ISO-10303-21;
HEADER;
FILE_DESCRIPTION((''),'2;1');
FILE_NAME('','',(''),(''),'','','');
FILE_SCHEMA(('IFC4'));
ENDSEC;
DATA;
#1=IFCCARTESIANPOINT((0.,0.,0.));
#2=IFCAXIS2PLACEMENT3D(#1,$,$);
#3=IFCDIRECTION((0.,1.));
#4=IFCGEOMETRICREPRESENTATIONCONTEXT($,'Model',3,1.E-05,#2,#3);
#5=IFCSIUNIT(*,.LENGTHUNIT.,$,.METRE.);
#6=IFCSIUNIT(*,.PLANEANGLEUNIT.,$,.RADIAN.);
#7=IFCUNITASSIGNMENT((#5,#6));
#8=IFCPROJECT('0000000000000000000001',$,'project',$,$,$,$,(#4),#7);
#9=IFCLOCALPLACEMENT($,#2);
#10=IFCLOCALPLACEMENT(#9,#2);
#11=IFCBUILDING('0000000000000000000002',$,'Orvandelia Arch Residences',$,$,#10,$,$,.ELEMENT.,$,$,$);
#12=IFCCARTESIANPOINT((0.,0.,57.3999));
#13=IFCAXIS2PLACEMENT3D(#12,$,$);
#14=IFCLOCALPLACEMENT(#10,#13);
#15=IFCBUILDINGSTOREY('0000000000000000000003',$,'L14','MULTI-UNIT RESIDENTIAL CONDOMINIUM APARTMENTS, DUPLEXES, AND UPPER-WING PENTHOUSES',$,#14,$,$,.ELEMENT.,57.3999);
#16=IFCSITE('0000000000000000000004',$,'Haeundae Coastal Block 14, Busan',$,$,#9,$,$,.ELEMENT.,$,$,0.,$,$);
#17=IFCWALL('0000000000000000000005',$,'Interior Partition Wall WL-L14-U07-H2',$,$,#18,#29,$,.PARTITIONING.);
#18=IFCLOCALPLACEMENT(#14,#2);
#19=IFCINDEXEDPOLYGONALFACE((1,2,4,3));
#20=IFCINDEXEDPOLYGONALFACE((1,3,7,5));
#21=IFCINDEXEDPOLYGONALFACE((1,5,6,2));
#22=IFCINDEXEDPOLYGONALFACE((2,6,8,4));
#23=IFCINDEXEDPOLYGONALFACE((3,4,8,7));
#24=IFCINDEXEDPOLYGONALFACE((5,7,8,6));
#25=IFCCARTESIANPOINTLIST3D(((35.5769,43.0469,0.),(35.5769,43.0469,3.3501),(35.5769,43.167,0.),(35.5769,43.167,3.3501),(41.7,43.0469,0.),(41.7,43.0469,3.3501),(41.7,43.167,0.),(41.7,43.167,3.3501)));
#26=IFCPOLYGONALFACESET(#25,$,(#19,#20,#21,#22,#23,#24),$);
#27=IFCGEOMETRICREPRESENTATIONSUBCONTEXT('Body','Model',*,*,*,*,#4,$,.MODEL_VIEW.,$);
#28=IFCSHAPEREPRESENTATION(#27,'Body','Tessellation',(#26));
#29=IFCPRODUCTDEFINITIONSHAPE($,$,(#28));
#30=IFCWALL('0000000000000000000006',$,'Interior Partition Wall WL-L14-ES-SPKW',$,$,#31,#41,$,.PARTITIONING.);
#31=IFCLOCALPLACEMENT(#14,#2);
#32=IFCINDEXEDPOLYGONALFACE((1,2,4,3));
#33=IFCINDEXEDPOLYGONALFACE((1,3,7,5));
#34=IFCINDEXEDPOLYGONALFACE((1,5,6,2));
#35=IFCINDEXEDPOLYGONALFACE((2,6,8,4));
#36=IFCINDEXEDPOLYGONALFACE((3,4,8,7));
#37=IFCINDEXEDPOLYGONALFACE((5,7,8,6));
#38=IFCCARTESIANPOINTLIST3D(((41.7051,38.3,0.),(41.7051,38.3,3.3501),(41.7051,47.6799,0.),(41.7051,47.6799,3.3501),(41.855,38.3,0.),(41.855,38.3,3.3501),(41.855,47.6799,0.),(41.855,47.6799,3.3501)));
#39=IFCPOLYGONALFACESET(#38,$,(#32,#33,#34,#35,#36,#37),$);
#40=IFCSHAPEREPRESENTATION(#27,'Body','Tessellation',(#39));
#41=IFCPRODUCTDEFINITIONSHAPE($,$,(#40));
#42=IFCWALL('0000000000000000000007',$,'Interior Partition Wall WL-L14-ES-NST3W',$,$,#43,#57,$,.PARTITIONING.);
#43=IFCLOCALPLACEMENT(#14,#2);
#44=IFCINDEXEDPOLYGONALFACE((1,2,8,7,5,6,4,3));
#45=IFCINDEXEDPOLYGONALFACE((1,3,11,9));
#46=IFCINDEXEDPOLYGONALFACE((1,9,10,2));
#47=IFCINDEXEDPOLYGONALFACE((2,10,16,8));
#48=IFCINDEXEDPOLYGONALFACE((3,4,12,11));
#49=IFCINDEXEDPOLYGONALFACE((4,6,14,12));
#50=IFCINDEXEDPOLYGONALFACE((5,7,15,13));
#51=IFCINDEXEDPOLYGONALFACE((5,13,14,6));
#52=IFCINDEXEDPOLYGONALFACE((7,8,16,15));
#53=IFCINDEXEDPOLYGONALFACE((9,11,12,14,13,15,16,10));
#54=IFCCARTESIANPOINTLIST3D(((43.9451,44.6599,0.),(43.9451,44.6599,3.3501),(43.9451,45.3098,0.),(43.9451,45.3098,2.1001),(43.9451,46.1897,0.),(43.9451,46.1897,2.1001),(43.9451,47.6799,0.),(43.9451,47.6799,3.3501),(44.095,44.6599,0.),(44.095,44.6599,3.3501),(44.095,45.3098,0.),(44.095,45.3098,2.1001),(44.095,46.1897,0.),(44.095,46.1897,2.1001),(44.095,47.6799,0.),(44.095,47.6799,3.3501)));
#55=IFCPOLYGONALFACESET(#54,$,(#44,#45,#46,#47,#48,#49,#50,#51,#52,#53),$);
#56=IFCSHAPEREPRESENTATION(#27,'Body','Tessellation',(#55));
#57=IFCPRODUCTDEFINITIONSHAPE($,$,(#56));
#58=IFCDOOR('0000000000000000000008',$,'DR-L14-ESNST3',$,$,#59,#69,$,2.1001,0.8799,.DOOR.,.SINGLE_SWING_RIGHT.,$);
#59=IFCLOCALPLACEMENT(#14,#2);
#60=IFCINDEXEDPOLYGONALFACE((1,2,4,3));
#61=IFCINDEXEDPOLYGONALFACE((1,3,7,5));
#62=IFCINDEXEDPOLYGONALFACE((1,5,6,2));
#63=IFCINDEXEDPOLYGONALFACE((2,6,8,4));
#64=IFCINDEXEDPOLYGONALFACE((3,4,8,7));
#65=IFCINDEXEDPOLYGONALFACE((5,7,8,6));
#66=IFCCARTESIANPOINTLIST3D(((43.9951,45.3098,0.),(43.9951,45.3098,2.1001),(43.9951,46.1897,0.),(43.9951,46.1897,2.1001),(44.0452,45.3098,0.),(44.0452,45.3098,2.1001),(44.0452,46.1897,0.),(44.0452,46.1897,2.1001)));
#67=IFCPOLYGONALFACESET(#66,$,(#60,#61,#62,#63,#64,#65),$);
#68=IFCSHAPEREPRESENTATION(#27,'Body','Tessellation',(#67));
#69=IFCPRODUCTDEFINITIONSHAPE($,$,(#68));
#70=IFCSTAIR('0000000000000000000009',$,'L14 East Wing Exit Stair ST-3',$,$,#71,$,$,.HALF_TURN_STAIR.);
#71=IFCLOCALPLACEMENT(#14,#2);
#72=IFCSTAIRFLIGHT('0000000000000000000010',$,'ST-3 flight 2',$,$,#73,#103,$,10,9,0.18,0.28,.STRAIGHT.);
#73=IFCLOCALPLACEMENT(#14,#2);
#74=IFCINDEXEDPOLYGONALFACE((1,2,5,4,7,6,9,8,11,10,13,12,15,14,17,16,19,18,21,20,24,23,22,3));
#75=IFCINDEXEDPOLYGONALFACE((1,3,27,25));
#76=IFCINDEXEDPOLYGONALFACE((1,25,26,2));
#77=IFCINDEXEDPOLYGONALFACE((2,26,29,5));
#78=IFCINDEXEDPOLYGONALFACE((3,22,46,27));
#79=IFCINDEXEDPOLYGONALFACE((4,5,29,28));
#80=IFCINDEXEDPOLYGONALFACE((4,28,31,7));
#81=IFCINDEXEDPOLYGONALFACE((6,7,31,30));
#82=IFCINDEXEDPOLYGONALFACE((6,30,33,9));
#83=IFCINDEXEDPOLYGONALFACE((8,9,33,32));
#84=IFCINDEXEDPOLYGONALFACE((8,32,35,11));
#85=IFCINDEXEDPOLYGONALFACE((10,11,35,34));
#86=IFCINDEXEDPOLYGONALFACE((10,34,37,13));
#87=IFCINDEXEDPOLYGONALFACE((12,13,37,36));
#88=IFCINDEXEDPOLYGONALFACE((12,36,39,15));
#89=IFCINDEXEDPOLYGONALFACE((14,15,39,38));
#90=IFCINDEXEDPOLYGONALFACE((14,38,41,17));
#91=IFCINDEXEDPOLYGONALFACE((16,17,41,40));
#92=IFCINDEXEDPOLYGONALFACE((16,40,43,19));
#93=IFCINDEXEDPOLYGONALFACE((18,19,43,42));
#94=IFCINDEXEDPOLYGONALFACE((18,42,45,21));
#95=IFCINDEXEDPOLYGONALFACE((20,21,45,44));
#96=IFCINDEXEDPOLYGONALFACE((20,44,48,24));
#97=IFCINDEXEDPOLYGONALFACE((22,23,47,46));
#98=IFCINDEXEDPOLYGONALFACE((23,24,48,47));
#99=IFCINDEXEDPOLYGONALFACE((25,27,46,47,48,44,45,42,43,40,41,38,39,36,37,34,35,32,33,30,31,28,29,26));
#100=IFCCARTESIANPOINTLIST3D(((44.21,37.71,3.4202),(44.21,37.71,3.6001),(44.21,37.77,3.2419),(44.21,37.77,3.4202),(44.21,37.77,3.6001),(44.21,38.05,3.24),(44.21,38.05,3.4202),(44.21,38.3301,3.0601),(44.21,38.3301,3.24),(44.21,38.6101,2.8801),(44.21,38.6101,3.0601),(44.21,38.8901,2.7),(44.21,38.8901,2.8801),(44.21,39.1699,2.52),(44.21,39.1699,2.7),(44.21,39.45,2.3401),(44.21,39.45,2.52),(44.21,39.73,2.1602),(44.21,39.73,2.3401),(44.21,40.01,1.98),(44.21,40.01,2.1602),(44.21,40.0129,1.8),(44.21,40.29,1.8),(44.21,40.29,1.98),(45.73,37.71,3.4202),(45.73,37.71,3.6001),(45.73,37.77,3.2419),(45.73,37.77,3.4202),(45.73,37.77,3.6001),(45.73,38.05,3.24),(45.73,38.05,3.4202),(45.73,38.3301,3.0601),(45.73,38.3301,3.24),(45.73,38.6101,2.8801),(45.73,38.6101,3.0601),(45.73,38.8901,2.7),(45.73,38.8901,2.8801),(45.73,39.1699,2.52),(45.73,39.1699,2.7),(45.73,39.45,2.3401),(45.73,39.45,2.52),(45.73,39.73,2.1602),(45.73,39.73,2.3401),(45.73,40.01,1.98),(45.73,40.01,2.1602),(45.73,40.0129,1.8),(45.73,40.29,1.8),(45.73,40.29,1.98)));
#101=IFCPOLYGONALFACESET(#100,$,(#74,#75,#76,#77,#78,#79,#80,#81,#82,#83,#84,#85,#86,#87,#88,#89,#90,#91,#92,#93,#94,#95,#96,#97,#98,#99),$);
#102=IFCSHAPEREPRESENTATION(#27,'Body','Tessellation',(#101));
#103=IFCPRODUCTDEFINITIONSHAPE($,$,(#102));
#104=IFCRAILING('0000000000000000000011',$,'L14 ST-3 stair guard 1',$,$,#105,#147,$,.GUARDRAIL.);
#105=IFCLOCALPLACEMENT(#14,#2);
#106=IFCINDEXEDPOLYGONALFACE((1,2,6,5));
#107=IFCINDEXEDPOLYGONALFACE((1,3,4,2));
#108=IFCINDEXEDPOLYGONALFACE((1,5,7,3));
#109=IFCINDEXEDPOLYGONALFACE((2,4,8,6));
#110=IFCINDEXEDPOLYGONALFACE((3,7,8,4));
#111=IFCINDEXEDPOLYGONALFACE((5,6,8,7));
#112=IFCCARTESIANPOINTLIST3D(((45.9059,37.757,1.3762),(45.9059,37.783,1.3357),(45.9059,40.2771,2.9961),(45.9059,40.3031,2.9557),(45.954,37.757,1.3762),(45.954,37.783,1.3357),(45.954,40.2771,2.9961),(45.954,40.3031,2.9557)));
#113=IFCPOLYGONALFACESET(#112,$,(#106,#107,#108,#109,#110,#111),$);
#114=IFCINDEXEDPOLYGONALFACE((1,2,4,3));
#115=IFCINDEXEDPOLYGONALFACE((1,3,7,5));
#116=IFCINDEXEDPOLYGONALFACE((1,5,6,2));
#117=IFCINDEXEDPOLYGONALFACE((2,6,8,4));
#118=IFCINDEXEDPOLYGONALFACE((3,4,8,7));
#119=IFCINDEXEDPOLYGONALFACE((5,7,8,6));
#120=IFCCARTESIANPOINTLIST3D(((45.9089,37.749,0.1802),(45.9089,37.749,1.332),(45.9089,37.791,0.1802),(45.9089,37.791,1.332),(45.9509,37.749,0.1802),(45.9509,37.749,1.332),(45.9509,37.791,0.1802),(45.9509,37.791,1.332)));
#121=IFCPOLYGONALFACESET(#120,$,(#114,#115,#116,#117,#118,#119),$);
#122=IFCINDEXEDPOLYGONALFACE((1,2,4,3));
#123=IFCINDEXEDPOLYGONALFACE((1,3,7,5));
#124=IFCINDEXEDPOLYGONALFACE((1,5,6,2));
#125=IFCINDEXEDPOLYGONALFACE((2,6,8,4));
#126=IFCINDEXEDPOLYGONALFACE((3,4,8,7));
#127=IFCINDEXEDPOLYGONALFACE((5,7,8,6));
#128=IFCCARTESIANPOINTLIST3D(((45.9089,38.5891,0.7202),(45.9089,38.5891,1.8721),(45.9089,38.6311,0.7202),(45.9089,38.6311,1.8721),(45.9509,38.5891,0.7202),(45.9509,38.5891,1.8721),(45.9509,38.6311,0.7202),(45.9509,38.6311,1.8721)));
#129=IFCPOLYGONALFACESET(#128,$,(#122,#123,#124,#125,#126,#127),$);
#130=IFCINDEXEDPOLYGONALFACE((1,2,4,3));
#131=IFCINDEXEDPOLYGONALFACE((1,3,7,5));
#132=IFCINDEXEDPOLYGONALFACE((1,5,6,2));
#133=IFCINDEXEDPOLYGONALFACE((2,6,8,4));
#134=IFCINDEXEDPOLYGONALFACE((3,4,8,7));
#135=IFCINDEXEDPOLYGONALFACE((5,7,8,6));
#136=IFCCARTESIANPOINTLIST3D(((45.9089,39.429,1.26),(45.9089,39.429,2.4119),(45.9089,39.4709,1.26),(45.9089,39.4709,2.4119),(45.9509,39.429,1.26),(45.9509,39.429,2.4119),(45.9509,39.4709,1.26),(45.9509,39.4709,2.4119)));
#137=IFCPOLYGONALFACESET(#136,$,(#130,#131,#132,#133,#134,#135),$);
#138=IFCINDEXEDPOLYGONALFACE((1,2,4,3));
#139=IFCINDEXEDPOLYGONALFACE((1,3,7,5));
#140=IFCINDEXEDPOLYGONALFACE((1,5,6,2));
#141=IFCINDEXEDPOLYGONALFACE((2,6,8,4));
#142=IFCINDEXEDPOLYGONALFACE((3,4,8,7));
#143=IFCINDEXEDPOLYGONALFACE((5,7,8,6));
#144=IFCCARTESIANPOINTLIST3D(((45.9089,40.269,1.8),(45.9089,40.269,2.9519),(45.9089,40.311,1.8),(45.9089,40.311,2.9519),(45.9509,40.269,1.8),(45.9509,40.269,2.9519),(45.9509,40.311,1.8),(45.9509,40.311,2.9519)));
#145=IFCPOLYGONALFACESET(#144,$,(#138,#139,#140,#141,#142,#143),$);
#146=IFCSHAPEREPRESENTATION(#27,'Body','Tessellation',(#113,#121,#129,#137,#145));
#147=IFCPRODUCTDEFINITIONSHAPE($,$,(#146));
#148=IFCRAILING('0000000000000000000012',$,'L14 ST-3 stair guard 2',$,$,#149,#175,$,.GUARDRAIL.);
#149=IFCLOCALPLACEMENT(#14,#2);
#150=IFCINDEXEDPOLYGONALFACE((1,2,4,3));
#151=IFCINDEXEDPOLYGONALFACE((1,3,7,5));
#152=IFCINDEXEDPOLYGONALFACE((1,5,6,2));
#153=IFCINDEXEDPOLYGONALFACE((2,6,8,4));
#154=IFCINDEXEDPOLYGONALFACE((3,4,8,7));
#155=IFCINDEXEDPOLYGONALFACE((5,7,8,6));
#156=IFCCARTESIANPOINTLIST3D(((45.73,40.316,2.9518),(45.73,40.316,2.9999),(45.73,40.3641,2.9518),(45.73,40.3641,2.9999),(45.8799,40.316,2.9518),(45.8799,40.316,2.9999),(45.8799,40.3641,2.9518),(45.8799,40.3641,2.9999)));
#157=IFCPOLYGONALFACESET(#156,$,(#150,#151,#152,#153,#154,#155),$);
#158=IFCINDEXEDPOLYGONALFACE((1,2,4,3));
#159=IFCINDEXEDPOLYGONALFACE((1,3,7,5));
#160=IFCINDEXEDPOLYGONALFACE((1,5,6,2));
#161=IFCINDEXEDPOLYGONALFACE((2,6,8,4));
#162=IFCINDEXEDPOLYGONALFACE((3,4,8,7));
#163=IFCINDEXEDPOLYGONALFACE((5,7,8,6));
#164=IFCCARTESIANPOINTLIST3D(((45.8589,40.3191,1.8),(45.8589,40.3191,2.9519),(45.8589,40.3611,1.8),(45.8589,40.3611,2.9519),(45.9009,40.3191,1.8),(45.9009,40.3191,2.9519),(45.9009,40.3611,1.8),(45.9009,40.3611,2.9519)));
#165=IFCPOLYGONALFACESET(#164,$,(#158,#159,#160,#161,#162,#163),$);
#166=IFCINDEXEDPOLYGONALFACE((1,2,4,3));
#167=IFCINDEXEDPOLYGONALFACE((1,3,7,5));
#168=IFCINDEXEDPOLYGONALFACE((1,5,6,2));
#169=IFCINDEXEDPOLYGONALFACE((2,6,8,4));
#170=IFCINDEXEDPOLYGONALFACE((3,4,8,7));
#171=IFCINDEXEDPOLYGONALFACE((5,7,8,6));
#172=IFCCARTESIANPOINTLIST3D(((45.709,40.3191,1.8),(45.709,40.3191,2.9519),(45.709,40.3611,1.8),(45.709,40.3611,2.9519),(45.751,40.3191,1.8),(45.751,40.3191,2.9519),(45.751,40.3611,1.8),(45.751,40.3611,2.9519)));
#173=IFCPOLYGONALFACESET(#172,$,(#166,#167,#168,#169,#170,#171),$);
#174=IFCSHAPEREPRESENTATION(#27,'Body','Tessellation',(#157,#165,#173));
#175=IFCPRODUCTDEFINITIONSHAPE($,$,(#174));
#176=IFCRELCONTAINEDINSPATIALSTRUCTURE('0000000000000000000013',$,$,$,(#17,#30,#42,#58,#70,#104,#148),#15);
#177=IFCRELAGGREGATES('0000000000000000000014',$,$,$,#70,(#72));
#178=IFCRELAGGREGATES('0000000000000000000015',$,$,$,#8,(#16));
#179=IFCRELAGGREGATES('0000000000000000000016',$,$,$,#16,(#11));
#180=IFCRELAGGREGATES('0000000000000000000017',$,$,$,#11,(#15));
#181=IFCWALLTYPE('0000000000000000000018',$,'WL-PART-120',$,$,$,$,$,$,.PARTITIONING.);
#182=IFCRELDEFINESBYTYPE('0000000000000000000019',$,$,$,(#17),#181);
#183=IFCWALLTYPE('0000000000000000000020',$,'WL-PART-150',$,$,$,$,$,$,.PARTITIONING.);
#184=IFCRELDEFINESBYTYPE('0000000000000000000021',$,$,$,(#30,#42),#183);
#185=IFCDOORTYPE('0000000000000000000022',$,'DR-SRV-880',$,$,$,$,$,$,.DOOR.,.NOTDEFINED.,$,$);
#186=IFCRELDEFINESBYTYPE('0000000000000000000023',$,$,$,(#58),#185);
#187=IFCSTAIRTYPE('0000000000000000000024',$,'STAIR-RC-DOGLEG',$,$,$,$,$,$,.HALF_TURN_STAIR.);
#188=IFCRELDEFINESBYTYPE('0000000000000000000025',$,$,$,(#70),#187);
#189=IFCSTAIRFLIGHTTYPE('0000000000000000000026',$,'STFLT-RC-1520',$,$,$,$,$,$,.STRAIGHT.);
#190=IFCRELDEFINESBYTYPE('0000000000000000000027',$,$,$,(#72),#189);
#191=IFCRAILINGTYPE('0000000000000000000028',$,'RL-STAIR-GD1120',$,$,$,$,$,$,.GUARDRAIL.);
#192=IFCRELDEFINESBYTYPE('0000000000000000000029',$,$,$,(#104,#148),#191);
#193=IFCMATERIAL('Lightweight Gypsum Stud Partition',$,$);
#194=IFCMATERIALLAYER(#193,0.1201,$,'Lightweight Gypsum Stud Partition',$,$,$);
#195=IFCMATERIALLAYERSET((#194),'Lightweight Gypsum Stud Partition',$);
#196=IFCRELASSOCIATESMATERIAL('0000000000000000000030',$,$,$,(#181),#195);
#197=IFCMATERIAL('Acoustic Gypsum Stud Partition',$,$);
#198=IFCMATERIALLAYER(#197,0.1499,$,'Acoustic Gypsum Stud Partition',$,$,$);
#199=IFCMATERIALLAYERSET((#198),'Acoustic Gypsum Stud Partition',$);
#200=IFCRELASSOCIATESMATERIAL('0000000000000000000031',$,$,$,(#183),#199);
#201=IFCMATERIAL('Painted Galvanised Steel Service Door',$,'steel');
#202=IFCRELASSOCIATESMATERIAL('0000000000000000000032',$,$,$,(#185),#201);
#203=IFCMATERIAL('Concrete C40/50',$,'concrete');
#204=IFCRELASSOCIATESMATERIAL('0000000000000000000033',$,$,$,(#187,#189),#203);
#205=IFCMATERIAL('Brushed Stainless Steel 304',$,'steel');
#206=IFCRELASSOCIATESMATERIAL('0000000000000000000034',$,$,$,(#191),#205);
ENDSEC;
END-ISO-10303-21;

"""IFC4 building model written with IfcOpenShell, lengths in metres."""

from ifc_helpers import new_model, si_unit, direction, frame, frame_2d, origin, origin_2d, place, context, subcontext, project, spatial, polyline, rectangle, outline, extrude, material, layer, layer_set, type_object, element, fill, aggregate, save


model = new_model("IFC4")

# Units and contexts
model_context = context("Model", 3, precision=1e-05, world=origin(), true_north=direction((0.0, 1.0)))
body_context = subcontext(model_context, "Body", "Model", "MODEL_VIEW")
ifc_project = project(units=[si_unit("LENGTHUNIT", "METRE"), si_unit("PLANEANGLEUNIT", "RADIAN")], contexts=[model_context])

# Site, building, storey
site_placement = place(None, origin())
site = spatial("IfcSite", under=ifc_project, at=site_placement, Name="Haeundae Coastal Block 14, Busan", CompositionType="ELEMENT", RefElevation=0.0)
building_placement = place(site_placement, origin())
building = spatial("IfcBuilding", under=site, at=building_placement, Name="Orvandelia Arch Residences", CompositionType="ELEMENT")
storey_placement = place(building_placement, frame((0.0, 0.0, 57.3999)))
storey = spatial("IfcBuildingStorey", under=building, at=storey_placement, Name="L14", Description="MULTI-UNIT RESIDENTIAL CONDOMINIUM APARTMENTS, DUPLEXES, AND UPPER-WING PENTHOUSES", CompositionType="ELEMENT", Elevation=57.3999)

# Walls
ifc_material_1 = material(Name="Lightweight Gypsum Stud Partition")
ifc_layer_1 = layer(ifc_material_1, 0.1201, Name="Lightweight Gypsum Stud Partition")
ifc_layer_set_1 = layer_set([ifc_layer_1], Name="Lightweight Gypsum Stud Partition")
wall_type_1 = type_object("IfcWallType", Name="WL-PART-120", PredefinedType="PARTITIONING", material=ifc_layer_set_1)
for number, where, z_axis, x_axis, name in (
    (1, (35.5769, 43.1069, 0.0), (0.0, 0.0, 1.0), (1.0, 0.0, 0.0), "Interior Partition Wall WL-L14-U07-H2"),
):
    element("IfcWall", number, at=place(storey_placement, frame(where, z_axis=z_axis, x_axis=x_axis)), inside=storey, type_object=wall_type_1, Name=name, PredefinedType="PARTITIONING", context=body_context, shape_type="SweptSolid", body=[
        extrude(rectangle(XDim=6.123, YDim=0.1201, at=frame_2d((3.0615, 0.0))), origin(), (0.0, 0.0, 1.0), 3.3501),
    ])
ifc_material_2 = material(Name="Acoustic Gypsum Stud Partition")
ifc_layer_2 = layer(ifc_material_2, 0.1499, Name="Acoustic Gypsum Stud Partition")
ifc_layer_set_2 = layer_set([ifc_layer_2], Name="Acoustic Gypsum Stud Partition")
wall_type_2 = type_object("IfcWallType", Name="WL-PART-150", PredefinedType="PARTITIONING", material=ifc_layer_set_2)
wall_1_placement = place(storey_placement, frame((41.78, 38.3, 0.0), z_axis=(0.0, 0.0, 1.0), x_axis=(0.0, 1.0, 0.0)))
element("IfcWall", 2, at=wall_1_placement, inside=storey, type_object=wall_type_2, Name="Interior Partition Wall WL-L14-ES-SPKW", PredefinedType="PARTITIONING", context=body_context, shape_type="SweptSolid", body=[
    extrude(rectangle(XDim=9.3799, YDim=0.1499, at=frame_2d((4.6899, 0.0))), origin(), (0.0, 0.0, 1.0), 3.3501),
])

# Wall, opening, door
wall_2_placement = place(storey_placement, frame((44.02, 44.6599, 0.0), z_axis=(0.0, 0.0, 1.0), x_axis=(0.0, 1.0, 0.0)))
wall_2 = element("IfcWall", 3, at=wall_2_placement, inside=storey, type_object=wall_type_2, Name="Interior Partition Wall WL-L14-ES-NST3W", PredefinedType="PARTITIONING", context=body_context, shape_type="SweptSolid", body=[
    extrude(rectangle(XDim=3.02, YDim=0.1499, at=frame_2d((1.51, 0.0))), origin(), (0.0, 0.0, 1.0), 3.3501),
])
opening_1_placement = place(wall_2_placement, frame((0.6499, 0.0, 0.0)))
opening_1 = element("IfcOpeningElement", 4, at=opening_1_placement, cuts=wall_2, PredefinedType="OPENING", context=body_context, shape_type="SweptSolid", body=[
    extrude(rectangle(XDim=0.8799, YDim=2.1001, at=frame_2d((0.4399, 1.05))), frame((0.0, 0.085, 0.0), z_axis=(0.0, -1.0, 0.0), x_axis=(1.0, 0.0, 0.0)), (0.0, 0.0, 1.0), 0.1699),
])
ifc_material_3 = material(Name="Painted Galvanised Steel Service Door", Category="steel")
door_type_1 = type_object("IfcDoorType", Name="DR-SRV-880", OperationType="NOTDEFINED", PredefinedType="DOOR", material=ifc_material_3)
door_1_placement = place(opening_1_placement, origin())
door_1 = element("IfcDoor", 5, at=door_1_placement, inside=storey, type_object=door_type_1, Name="DR-L14-ESNST3", OperationType="SINGLE_SWING_RIGHT", OverallHeight=2.1001, OverallWidth=0.8799, PredefinedType="DOOR", context=body_context, shape_type="SweptSolid", body=[
    extrude(rectangle(XDim=0.8799, YDim=2.1001, at=frame_2d((0.4399, 1.05))), frame((0.0, 0.0249, 0.0), z_axis=(0.0, -1.0, 0.0), x_axis=(1.0, 0.0, 0.0)), (0.0, 0.0, 1.0), 0.05),
])
fill(opening_1, door_1)

# Stair, stair flight
ifc_material_4 = material(Name="Concrete C40/50", Category="concrete")
stair_type = type_object("IfcStairType", Name="STAIR-RC-DOGLEG", PredefinedType="HALF_TURN_STAIR", material=ifc_material_4)
stair_placement = place(storey_placement, origin())
stair = element("IfcStair", 6, at=stair_placement, inside=storey, type_object=stair_type, Name="L14 East Wing Exit Stair ST-3", PredefinedType="HALF_TURN_STAIR")
stair_flight_type = type_object("IfcStairFlightType", Name="STFLT-RC-1520", PredefinedType="STRAIGHT", material=ifc_material_4)
stair_flight_placement = place(storey_placement, frame((44.97, 40.29, 1.8), z_axis=(0.0, 0.0, 1.0), x_axis=(0.0, -1.0, 0.0)))
stair_flight = element("IfcStairFlight", 7, at=stair_flight_placement, type_object=stair_flight_type, Name="ST-3 flight 2", NumberOfRisers=10, NumberOfTreads=9, PredefinedType="STRAIGHT", RiserHeight=0.18, TreadLength=0.28, context=body_context, shape_type="SweptSolid", body=[
    extrude(outline(polyline([(0.0, 0.0), (0.0, 0.1799), (0.28, 0.1799), (0.28, 0.3601), (0.5601, 0.3601), (0.5601, 0.54), (0.8401, 0.54), (0.8401, 0.72), (1.1201, 0.72), (1.1201, 0.8999), (1.3999, 0.8999), (1.3999, 1.0801), (1.6799, 1.0801), (1.6799, 1.26), (1.96, 1.26), (1.96, 1.4399), (2.24, 1.4399), (2.24, 1.6201), (2.52, 1.6201), (2.52, 1.8), (2.5801, 1.8), (2.5801, 1.6201), (2.52, 1.4419), (0.2771, 0.0), (0.0, 0.0)])), frame((0.0, 0.76, 0.0), z_axis=(0.0, -1.0, 0.0), x_axis=(1.0, 0.0, 0.0)), (0.0, 0.0, 1.0), 1.52),
])
aggregate(stair, [stair_flight])

# Railings
ifc_material_5 = material(Name="Brushed Stainless Steel 304", Category="steel")
railing_type_1 = type_object("IfcRailingType", Name="RL-STAIR-GD1120", PredefinedType="GUARDRAIL", material=ifc_material_5)
railing_1_placement = place(storey_placement, frame((45.9299, 37.77, 0.1802)))
element("IfcRailing", 8, at=railing_1_placement, inside=storey, type_object=railing_type_1, Name="L14 ST-3 stair guard 1", PredefinedType="GUARDRAIL", context=body_context, shape_type="SweptSolid", body=[
    extrude(rectangle(XDim=0.0481, YDim=0.0481, at=origin_2d()), frame((0.0, 0.0, 1.1758), z_axis=(0.0, 0.8412, 0.540725), x_axis=(-1.0, 0.0, 0.0)), (0.0, 0.0, 1.0), 2.9958),
    extrude(rectangle(XDim=0.042, YDim=0.042, at=origin_2d()), origin(), (0.0, 0.0, 1.0), 1.1519),
    extrude(rectangle(XDim=0.042, YDim=0.042, at=origin_2d()), frame((0.0, 0.8401, 0.54)), (0.0, 0.0, 1.0), 1.1519),
    extrude(rectangle(XDim=0.042, YDim=0.042, at=origin_2d()), frame((0.0, 1.6799, 1.0798)), (0.0, 0.0, 1.0), 1.1519),
    extrude(rectangle(XDim=0.042, YDim=0.042, at=origin_2d()), frame((0.0, 2.52, 1.6199)), (0.0, 0.0, 1.0), 1.1519),
])
railing_2_placement = place(storey_placement, frame((45.8799, 40.3401, 1.8)))
element("IfcRailing", 9, at=railing_2_placement, inside=storey, type_object=railing_type_1, Name="L14 ST-3 stair guard 2", PredefinedType="GUARDRAIL", context=body_context, shape_type="SweptSolid", body=[
    extrude(rectangle(XDim=0.0481, YDim=0.0481, at=origin_2d()), frame((0.0, 0.0, 1.1758), z_axis=(-1.0, 0.0, 0.0), x_axis=(0.0, -1.0, 0.0)), (0.0, 0.0, 1.0), 0.1499),
    extrude(rectangle(XDim=0.042, YDim=0.042, at=origin_2d()), origin(), (0.0, 0.0, 1.0), 1.1519),
    extrude(rectangle(XDim=0.042, YDim=0.042, at=origin_2d()), frame((-0.1499, 0.0, 0.0)), (0.0, 0.0, 1.0), 1.1519),
])

save(model, "model.ifc")
